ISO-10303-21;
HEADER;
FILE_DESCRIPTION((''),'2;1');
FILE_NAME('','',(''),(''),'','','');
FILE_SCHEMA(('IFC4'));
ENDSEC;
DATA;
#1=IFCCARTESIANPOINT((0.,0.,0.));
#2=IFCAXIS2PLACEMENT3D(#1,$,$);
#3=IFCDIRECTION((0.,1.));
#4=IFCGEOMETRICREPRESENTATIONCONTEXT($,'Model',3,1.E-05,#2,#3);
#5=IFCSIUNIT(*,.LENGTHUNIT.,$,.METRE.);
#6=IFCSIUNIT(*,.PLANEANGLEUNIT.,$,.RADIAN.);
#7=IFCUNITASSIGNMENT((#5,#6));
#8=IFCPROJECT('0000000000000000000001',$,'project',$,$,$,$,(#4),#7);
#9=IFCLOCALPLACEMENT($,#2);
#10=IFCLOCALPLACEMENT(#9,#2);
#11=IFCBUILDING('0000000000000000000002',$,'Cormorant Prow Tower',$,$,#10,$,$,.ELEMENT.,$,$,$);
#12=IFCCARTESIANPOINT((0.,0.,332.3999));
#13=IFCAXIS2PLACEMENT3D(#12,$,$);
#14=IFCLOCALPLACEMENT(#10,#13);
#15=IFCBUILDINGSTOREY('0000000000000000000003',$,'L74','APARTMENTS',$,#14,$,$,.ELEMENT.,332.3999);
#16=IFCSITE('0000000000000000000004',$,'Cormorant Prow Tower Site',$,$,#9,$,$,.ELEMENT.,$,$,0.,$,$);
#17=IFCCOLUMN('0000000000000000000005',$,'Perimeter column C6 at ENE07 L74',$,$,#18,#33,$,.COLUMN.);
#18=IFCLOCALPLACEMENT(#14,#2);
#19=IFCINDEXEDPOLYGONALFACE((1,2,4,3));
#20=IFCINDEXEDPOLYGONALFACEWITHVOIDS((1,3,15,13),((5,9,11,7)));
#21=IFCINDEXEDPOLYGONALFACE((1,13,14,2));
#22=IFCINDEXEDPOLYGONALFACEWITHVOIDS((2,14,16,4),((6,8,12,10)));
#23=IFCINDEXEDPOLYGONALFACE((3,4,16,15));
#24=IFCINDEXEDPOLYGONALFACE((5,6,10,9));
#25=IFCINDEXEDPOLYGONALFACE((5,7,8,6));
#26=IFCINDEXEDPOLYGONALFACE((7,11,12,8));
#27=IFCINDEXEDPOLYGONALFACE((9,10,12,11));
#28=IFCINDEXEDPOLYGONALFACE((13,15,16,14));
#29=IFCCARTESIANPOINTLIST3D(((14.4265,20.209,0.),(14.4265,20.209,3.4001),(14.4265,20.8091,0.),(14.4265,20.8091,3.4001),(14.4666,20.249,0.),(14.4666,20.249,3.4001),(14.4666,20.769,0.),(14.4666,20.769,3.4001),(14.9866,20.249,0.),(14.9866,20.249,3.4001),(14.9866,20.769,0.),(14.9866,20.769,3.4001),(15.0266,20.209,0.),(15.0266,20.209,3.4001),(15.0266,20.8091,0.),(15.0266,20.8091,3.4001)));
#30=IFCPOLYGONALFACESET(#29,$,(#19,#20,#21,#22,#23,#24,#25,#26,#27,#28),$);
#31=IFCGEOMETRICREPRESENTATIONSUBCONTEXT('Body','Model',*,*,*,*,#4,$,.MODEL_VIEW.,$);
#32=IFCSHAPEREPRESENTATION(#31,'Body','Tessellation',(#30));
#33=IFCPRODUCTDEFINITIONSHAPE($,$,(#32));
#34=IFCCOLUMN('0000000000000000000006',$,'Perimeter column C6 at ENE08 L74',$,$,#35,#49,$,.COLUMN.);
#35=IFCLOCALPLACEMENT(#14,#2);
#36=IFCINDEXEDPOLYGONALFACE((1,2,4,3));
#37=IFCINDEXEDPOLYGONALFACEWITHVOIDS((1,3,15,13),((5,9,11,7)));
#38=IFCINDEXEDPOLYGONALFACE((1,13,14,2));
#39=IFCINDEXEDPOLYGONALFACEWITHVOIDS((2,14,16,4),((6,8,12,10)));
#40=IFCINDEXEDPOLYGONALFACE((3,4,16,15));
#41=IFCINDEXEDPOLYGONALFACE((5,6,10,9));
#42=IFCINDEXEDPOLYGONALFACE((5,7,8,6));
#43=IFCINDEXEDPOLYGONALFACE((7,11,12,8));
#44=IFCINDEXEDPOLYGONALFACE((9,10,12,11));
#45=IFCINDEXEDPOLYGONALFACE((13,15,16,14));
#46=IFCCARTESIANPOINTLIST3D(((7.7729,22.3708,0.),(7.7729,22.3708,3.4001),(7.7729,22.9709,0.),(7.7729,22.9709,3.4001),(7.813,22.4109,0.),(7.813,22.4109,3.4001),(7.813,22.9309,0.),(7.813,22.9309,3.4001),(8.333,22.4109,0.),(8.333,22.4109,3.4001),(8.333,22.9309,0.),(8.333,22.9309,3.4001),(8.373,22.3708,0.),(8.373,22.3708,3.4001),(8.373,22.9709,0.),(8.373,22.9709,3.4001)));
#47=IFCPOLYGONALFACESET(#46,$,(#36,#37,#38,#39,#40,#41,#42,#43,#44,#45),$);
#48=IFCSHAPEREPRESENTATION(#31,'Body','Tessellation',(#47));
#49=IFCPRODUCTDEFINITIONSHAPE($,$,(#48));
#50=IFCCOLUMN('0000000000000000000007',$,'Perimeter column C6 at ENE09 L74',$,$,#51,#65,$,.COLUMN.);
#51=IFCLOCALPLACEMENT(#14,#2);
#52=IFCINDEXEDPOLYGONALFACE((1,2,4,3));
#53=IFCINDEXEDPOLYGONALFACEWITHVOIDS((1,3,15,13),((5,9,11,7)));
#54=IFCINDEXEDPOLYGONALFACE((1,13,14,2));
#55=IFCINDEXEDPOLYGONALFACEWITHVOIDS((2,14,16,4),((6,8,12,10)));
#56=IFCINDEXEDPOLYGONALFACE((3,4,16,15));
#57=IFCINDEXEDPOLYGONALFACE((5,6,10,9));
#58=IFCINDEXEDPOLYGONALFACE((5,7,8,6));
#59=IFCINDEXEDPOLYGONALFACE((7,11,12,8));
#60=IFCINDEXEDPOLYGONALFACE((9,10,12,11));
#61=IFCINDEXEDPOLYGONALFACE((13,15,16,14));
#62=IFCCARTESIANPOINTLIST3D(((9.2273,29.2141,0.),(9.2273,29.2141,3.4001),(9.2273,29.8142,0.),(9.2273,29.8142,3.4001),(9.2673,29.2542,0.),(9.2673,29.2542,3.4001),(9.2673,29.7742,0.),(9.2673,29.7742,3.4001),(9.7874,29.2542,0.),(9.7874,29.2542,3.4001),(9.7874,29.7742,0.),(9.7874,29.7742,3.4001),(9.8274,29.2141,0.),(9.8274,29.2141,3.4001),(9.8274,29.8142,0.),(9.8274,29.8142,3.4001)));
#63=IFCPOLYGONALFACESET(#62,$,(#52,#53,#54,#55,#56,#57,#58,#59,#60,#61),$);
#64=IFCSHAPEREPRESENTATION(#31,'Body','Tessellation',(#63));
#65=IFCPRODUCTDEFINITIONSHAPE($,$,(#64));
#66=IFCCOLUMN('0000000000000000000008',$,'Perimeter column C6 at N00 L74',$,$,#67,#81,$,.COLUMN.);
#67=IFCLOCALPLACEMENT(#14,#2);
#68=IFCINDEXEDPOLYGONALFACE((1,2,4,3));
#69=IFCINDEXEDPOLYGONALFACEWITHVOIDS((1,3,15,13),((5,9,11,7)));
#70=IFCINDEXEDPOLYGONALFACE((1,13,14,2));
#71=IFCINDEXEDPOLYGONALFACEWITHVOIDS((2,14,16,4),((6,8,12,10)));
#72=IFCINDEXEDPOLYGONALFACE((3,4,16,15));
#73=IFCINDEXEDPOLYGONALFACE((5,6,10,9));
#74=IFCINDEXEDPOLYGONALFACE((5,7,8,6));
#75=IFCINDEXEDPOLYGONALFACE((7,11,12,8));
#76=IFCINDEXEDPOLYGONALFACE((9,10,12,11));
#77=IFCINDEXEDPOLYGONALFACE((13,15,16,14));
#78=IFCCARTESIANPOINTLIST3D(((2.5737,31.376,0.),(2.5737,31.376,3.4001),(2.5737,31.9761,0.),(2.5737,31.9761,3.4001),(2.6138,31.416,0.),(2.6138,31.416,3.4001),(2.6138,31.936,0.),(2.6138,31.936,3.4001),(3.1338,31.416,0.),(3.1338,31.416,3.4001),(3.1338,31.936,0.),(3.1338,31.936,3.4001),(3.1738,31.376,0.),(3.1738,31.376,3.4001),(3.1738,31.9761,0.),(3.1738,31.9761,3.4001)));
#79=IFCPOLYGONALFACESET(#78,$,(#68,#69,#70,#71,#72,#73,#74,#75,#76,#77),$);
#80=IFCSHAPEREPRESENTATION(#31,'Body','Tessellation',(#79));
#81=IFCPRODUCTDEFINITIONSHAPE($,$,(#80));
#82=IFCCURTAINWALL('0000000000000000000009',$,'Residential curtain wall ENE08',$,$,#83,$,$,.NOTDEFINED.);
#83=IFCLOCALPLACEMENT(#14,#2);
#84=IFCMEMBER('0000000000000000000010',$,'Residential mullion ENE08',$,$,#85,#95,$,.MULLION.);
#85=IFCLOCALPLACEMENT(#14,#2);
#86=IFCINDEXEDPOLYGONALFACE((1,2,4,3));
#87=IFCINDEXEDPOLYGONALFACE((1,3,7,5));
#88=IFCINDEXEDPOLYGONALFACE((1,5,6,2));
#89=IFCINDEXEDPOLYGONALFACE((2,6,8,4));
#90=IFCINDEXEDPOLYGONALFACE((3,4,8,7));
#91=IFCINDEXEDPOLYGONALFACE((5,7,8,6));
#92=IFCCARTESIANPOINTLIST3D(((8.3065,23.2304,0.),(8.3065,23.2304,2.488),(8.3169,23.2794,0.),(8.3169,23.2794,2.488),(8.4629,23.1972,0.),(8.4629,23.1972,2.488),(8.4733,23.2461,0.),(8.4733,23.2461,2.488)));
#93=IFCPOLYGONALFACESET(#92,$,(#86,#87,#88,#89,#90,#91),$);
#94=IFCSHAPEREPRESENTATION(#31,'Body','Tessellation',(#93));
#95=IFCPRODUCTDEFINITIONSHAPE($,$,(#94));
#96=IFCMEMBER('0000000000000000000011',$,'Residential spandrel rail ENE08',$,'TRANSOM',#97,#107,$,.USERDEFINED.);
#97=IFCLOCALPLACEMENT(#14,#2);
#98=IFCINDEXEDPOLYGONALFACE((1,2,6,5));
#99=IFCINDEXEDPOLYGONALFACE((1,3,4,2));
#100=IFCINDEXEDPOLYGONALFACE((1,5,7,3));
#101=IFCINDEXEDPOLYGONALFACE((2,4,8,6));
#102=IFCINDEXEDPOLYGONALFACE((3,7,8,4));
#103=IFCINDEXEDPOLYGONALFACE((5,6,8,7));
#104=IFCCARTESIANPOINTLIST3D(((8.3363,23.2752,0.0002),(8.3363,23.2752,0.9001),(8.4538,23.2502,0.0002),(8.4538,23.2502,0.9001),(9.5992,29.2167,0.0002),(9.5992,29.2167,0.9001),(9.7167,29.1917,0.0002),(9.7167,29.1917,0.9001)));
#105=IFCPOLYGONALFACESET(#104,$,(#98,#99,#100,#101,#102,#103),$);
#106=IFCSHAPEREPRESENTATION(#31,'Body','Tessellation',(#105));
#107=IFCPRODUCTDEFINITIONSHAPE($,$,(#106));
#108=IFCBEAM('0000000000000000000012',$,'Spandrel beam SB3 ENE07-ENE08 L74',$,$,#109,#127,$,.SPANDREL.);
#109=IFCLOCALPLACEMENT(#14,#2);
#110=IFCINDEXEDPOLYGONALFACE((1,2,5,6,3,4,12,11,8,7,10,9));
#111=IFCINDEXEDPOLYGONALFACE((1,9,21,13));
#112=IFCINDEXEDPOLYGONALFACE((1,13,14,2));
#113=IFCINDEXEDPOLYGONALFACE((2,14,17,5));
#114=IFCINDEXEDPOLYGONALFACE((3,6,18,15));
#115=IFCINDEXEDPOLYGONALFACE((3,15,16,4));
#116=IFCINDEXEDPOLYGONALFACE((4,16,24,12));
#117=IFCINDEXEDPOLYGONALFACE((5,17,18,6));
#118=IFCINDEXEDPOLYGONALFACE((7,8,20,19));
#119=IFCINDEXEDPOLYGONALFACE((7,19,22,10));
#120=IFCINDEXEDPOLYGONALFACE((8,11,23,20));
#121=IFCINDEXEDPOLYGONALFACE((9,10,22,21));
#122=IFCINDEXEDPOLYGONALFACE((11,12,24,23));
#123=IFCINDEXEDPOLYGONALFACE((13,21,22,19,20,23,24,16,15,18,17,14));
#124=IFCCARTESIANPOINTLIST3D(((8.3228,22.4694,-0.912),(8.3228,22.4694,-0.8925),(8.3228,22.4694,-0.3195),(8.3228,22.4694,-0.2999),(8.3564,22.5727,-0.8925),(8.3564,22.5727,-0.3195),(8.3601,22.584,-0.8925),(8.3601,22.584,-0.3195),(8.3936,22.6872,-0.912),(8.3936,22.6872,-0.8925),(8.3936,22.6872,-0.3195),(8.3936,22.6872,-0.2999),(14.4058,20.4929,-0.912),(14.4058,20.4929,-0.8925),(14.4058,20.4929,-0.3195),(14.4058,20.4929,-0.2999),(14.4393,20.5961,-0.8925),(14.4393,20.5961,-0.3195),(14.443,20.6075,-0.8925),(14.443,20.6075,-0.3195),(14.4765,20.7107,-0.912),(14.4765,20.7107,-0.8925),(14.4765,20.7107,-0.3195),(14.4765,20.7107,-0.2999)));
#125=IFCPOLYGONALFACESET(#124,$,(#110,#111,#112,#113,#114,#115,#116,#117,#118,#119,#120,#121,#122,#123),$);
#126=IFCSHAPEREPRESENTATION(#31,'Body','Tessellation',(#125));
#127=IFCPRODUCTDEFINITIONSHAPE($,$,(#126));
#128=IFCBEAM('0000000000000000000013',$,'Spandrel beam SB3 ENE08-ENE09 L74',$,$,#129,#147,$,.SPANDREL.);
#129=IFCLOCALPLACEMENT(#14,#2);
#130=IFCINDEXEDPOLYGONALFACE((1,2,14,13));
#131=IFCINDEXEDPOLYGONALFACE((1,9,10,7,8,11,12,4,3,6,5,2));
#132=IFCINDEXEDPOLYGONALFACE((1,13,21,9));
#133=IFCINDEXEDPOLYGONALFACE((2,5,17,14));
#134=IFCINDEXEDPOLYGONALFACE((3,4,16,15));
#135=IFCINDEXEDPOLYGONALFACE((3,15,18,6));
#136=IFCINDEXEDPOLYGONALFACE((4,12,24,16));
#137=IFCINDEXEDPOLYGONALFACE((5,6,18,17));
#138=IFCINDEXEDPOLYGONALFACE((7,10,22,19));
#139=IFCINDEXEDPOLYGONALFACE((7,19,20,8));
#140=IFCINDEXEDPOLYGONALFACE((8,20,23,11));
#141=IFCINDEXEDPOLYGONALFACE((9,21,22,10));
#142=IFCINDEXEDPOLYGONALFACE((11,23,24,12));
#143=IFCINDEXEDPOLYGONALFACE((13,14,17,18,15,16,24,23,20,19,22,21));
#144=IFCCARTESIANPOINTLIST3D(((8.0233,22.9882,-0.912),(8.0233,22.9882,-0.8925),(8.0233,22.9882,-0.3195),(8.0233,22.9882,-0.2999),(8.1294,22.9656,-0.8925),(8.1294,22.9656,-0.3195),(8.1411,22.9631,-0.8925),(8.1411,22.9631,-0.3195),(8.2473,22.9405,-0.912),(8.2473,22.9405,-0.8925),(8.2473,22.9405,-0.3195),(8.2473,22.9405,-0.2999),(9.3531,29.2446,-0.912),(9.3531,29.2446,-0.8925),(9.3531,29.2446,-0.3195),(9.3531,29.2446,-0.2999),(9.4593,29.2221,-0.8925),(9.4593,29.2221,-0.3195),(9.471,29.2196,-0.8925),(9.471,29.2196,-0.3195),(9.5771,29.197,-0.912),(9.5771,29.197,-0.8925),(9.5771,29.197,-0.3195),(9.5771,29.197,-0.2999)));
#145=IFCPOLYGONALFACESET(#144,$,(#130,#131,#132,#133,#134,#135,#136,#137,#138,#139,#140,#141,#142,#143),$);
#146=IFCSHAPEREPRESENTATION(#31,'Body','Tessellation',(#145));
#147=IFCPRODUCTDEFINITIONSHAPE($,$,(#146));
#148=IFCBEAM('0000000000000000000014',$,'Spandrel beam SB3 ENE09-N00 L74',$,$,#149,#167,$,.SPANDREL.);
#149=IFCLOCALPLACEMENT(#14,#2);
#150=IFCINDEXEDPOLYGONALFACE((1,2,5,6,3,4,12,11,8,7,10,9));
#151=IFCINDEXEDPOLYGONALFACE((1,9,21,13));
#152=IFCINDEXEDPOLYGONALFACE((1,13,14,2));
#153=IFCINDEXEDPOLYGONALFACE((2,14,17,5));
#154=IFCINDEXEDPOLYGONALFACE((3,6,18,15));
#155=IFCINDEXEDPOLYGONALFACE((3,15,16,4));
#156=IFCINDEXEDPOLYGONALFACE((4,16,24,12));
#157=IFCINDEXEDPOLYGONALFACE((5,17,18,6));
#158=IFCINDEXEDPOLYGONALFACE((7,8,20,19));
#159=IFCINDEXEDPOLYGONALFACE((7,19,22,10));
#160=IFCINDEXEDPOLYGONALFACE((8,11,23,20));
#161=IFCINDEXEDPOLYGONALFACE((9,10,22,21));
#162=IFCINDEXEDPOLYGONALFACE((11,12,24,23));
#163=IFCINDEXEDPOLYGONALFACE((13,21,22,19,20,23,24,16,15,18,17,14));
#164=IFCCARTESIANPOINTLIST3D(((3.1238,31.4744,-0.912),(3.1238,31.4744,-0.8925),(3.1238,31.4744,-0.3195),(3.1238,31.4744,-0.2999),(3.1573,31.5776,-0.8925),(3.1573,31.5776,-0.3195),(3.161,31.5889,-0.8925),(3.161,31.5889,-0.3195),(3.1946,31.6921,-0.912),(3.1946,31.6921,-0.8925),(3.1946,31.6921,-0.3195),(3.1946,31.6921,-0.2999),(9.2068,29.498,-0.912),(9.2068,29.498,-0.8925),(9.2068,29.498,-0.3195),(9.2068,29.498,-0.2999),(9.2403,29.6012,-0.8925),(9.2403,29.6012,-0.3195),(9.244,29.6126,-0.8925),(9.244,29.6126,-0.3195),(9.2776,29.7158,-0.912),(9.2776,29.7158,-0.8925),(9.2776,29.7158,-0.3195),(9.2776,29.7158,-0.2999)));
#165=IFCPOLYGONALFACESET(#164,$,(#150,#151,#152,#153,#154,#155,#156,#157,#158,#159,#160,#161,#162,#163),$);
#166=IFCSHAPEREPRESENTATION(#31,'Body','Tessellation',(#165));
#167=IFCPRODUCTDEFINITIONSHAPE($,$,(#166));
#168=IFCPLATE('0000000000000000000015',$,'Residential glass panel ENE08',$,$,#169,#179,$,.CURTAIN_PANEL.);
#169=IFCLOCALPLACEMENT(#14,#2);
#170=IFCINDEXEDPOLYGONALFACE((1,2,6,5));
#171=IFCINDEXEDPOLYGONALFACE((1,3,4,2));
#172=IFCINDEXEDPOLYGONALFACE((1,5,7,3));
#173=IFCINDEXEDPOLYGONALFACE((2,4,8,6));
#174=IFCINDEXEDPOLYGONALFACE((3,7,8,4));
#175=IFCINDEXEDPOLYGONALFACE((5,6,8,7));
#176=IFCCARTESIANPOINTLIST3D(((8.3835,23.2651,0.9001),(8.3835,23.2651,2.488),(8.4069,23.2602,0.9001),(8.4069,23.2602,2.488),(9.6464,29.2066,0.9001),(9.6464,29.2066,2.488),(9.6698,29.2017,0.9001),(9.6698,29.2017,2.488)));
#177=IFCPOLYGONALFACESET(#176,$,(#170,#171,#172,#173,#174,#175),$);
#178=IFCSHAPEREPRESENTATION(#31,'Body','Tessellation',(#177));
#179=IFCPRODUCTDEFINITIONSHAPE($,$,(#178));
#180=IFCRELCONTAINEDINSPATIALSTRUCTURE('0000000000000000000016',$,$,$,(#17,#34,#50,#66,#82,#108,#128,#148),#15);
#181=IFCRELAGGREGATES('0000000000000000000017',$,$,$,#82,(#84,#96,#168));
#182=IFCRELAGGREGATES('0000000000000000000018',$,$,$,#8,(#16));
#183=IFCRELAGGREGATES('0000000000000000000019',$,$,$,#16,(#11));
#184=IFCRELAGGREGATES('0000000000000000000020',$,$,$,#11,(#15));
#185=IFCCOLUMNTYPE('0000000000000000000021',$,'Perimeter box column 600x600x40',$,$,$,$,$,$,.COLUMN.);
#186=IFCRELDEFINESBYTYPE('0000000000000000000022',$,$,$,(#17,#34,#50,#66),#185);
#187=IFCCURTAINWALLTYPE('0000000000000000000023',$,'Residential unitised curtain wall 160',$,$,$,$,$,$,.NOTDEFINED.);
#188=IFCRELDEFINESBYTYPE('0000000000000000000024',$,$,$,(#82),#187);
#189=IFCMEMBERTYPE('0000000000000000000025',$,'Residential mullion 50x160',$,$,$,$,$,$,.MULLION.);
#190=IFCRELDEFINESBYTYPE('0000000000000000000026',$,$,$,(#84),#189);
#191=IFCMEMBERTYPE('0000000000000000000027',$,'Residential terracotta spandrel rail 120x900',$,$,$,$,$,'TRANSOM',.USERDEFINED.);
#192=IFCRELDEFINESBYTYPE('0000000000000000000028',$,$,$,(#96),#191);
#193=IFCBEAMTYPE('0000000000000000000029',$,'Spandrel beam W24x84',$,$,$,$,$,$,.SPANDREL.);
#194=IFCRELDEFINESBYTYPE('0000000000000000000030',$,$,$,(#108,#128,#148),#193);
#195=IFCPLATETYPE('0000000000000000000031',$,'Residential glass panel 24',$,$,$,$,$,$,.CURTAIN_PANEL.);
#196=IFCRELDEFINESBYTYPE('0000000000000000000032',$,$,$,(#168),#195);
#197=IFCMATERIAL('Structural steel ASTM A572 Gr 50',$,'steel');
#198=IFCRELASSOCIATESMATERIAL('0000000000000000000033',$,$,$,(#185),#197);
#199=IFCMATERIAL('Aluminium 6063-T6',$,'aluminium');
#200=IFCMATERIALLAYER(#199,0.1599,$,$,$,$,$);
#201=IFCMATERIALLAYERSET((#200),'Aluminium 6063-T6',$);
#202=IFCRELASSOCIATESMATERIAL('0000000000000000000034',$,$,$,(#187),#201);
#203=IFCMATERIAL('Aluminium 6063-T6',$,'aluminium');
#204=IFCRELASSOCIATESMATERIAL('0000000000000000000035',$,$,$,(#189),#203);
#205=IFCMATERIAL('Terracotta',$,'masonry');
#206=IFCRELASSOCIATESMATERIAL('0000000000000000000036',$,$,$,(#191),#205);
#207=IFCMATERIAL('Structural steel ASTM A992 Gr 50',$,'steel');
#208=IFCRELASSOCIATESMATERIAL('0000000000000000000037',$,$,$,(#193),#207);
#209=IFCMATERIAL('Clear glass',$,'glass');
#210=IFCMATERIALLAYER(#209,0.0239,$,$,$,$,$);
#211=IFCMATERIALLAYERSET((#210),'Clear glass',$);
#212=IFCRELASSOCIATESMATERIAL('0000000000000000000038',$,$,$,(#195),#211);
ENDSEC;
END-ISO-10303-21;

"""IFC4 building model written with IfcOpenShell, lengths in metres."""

from ifc_helpers import new_model, si_unit, direction, frame, origin, origin_2d, place, context, subcontext, project, spatial, rectangle, hollow_rectangle, i_section, extrude, material, layer, layer_set, material_profile, profile_set, type_object, element, aggregate, save


model = new_model("IFC4")

# Units and contexts
model_context = context("Model", 3, precision=1e-05, world=origin(), true_north=direction((0.0, 1.0)))
body_context = subcontext(model_context, "Body", "Model", "MODEL_VIEW")
ifc_project = project(units=[si_unit("LENGTHUNIT", "METRE"), si_unit("PLANEANGLEUNIT", "RADIAN")], contexts=[model_context])

# Site, building, storey
site_placement = place(None, origin())
site = spatial("IfcSite", under=ifc_project, at=site_placement, Name="Cormorant Prow Tower Site", CompositionType="ELEMENT", RefElevation=0.0)
building_placement = place(site_placement, origin())
building = spatial("IfcBuilding", under=site, at=building_placement, Name="Cormorant Prow Tower", CompositionType="ELEMENT")
storey_placement = place(building_placement, frame((0.0, 0.0, 332.3999)))
storey = spatial("IfcBuildingStorey", under=building, at=storey_placement, Name="L74", Description="APARTMENTS", CompositionType="ELEMENT", Elevation=332.3999)

# Columns
ifc_material_1 = material(Name="Structural steel ASTM A572 Gr 50", Category="steel")
ifc_material_profile_1 = material_profile(ifc_material_1, hollow_rectangle(XDim=0.6001, YDim=0.6001, WallThickness=0.04, at=origin_2d()), Name="Box 600x600x40")
ifc_profile_set_1 = profile_set([ifc_material_profile_1], Name="Structural steel ASTM A572 Gr 50")
column_type = type_object("IfcColumnType", Name="Perimeter box column 600x600x40", PredefinedType="COLUMN", material=ifc_profile_set_1)
for number, where, z_axis, x_axis, name in (
    (1, (14.7266, 20.509, 0.0), (0.0, 0.0, 1.0), (1.0, 0.0, 0.0), "Perimeter column C6 at ENE07 L74"),
    (2, (8.073, 22.6709, 0.0), (0.0, 0.0, 1.0), (1.0, 0.0, 0.0), "Perimeter column C6 at ENE08 L74"),
    (3, (9.5273, 29.5142, 0.0), (0.0, 0.0, 1.0), (1.0, 0.0, 0.0), "Perimeter column C6 at ENE09 L74"),
    (4, (2.8738, 31.676, 0.0), (0.0, 0.0, 1.0), (1.0, 0.0, 0.0), "Perimeter column C6 at N00 L74"),
):
    element("IfcColumn", number, at=place(storey_placement, frame(where, z_axis=z_axis, x_axis=x_axis)), inside=storey, type_object=column_type, Name=name, PredefinedType="COLUMN", context=body_context, shape_type="SweptSolid", body=[
        extrude(hollow_rectangle(XDim=0.6001, YDim=0.6001, WallThickness=0.04, at=origin_2d()), origin(), (0.0, 0.0, 1.0), 3.4001),
    ])

# Curtain wall, members
ifc_material_2 = material(Name="Aluminium 6063-T6", Category="aluminium")
ifc_layer_1 = layer(ifc_material_2, 0.1599)
ifc_layer_set_1 = layer_set([ifc_layer_1], Name="Aluminium 6063-T6")
curtain_wall_type = type_object("IfcCurtainWallType", Name="Residential unitised curtain wall 160", PredefinedType="NOTDEFINED", material=ifc_layer_set_1)
curtain_wall_placement = place(storey_placement, origin())
curtain_wall = element("IfcCurtainWall", 5, at=curtain_wall_placement, inside=storey, type_object=curtain_wall_type, Name="Residential curtain wall ENE08", PredefinedType="NOTDEFINED")
ifc_material_3 = material(Name="Aluminium 6063-T6", Category="aluminium")
ifc_material_profile_2 = material_profile(ifc_material_3, rectangle(XDim=0.1599, YDim=0.05, at=origin_2d()), Name="Residential mullion 50x160")
ifc_profile_set_2 = profile_set([ifc_material_profile_2], Name="Aluminium 6063-T6")
member_type_1 = type_object("IfcMemberType", Name="Residential mullion 50x160", PredefinedType="MULLION", material=ifc_profile_set_2)
member_1_placement = place(storey_placement, frame((8.3899, 23.2383, 0.0), z_axis=(0.0, 0.0, 1.0), x_axis=(-0.978148, 0.207912, 0.0)))
member_1 = element("IfcMember", 6, at=member_1_placement, type_object=member_type_1, Name="Residential mullion ENE08", PredefinedType="MULLION", context=body_context, shape_type="SweptSolid", body=[
    extrude(rectangle(XDim=0.1599, YDim=0.05, at=origin_2d()), origin(), (0.0, 0.0, 1.0), 2.488),
])
ifc_material_4 = material(Name="Terracotta", Category="masonry")
ifc_material_profile_3 = material_profile(ifc_material_4, rectangle(XDim=0.1201, YDim=0.8999, at=origin_2d()), Name="Residential terracotta spandrel rail 120x900")
ifc_profile_set_3 = profile_set([ifc_material_profile_3], Name="Terracotta")
member_type_2 = type_object("IfcMemberType", Name="Residential terracotta spandrel rail 120x900", ElementType="TRANSOM", PredefinedType="USERDEFINED", material=ifc_profile_set_3)
member_2_placement = place(storey_placement, frame((8.395, 23.2627, 0.4502), z_axis=(0.20792, 0.978146, 0.0), x_axis=(-0.978146, 0.20792, 0.0)))
member_2 = element("IfcMember", 7, at=member_2_placement, type_object=member_type_2, Name="Residential spandrel rail ENE08", ObjectType="TRANSOM", PredefinedType="USERDEFINED", context=body_context, shape_type="SweptSolid", body=[
    extrude(rectangle(XDim=0.1201, YDim=0.8999, at=origin_2d()), origin(), (0.0, 0.0, 1.0), 6.0742),
])

# Beams
ifc_material_5 = material(Name="Structural steel ASTM A992 Gr 50", Category="steel")
ifc_material_profile_4 = material_profile(ifc_material_5, i_section(OverallWidth=0.229, OverallDepth=0.6121, WebThickness=0.012, FlangeThickness=0.0195, at=origin_2d()), Name="W24x84")
ifc_profile_set_4 = profile_set([ifc_material_profile_4], Name="Structural steel ASTM A992 Gr 50")
beam_type = type_object("IfcBeamType", Name="Spandrel beam W24x84", PredefinedType="SPANDREL", material=ifc_profile_set_4)
beam_1_placement = place(storey_placement, frame((14.4412, 20.6018, -0.606), z_axis=(-0.951053, 0.309027, 0.0), x_axis=(-0.309027, -0.951053, 0.0)))
element("IfcBeam", 8, at=beam_1_placement, inside=storey, type_object=beam_type, Name="Spandrel beam SB3 ENE07-ENE08 L74", PredefinedType="SPANDREL", context=body_context, shape_type="SweptSolid", body=[
    extrude(i_section(OverallWidth=0.229, OverallDepth=0.6121, WebThickness=0.012, FlangeThickness=0.0195, at=origin_2d()), origin(), (0.0, 0.0, 1.0), 6.396),
])
beam_2_placement = place(storey_placement, frame((8.1353, 22.9644, -0.606), z_axis=(0.207913, 0.978147, 0.0), x_axis=(-0.978147, 0.207913, 0.0)))
element("IfcBeam", 9, at=beam_2_placement, inside=storey, type_object=beam_type, Name="Spandrel beam SB3 ENE08-ENE09 L74", PredefinedType="SPANDREL", context=body_context, shape_type="SweptSolid", body=[
    extrude(i_section(OverallWidth=0.229, OverallDepth=0.6121, WebThickness=0.012, FlangeThickness=0.0195, at=origin_2d()), origin(), (0.0, 0.0, 1.0), 6.3962),
])
beam_3_placement = place(storey_placement, frame((9.2422, 29.6069, -0.606), z_axis=(-0.951064, 0.308993, 0.0), x_axis=(-0.308993, -0.951064, 0.0)))
element("IfcBeam", 10, at=beam_3_placement, inside=storey, type_object=beam_type, Name="Spandrel beam SB3 ENE09-N00 L74", PredefinedType="SPANDREL", context=body_context, shape_type="SweptSolid", body=[
    extrude(i_section(OverallWidth=0.229, OverallDepth=0.6121, WebThickness=0.012, FlangeThickness=0.0195, at=origin_2d()), origin(), (0.0, 0.0, 1.0), 6.396),
])

# Plate
ifc_material_6 = material(Name="Clear glass", Category="glass")
ifc_layer_2 = layer(ifc_material_6, 0.0239)
ifc_layer_set_2 = layer_set([ifc_layer_2], Name="Clear glass")
plate_type = type_object("IfcPlateType", Name="Residential glass panel 24", PredefinedType="CURTAIN_PANEL", material=ifc_layer_set_2)
plate_placement = place(storey_placement, frame((9.0266, 26.2334, 0.9001), z_axis=(0.0, 0.0, 1.0), x_axis=(0.207912, 0.978148, 0.0)))
plate = element("IfcPlate", 11, at=plate_placement, type_object=plate_type, Name="Residential glass panel ENE08", PredefinedType="CURTAIN_PANEL", context=body_context, shape_type="SweptSolid", body=[
    extrude(rectangle(XDim=6.0742, YDim=0.0239, at=origin_2d()), origin(), (0.0, 0.0, 1.0), 1.5879),
])
aggregate(curtain_wall, [member_1, member_2, plate])

save(model, "model.ifc")
